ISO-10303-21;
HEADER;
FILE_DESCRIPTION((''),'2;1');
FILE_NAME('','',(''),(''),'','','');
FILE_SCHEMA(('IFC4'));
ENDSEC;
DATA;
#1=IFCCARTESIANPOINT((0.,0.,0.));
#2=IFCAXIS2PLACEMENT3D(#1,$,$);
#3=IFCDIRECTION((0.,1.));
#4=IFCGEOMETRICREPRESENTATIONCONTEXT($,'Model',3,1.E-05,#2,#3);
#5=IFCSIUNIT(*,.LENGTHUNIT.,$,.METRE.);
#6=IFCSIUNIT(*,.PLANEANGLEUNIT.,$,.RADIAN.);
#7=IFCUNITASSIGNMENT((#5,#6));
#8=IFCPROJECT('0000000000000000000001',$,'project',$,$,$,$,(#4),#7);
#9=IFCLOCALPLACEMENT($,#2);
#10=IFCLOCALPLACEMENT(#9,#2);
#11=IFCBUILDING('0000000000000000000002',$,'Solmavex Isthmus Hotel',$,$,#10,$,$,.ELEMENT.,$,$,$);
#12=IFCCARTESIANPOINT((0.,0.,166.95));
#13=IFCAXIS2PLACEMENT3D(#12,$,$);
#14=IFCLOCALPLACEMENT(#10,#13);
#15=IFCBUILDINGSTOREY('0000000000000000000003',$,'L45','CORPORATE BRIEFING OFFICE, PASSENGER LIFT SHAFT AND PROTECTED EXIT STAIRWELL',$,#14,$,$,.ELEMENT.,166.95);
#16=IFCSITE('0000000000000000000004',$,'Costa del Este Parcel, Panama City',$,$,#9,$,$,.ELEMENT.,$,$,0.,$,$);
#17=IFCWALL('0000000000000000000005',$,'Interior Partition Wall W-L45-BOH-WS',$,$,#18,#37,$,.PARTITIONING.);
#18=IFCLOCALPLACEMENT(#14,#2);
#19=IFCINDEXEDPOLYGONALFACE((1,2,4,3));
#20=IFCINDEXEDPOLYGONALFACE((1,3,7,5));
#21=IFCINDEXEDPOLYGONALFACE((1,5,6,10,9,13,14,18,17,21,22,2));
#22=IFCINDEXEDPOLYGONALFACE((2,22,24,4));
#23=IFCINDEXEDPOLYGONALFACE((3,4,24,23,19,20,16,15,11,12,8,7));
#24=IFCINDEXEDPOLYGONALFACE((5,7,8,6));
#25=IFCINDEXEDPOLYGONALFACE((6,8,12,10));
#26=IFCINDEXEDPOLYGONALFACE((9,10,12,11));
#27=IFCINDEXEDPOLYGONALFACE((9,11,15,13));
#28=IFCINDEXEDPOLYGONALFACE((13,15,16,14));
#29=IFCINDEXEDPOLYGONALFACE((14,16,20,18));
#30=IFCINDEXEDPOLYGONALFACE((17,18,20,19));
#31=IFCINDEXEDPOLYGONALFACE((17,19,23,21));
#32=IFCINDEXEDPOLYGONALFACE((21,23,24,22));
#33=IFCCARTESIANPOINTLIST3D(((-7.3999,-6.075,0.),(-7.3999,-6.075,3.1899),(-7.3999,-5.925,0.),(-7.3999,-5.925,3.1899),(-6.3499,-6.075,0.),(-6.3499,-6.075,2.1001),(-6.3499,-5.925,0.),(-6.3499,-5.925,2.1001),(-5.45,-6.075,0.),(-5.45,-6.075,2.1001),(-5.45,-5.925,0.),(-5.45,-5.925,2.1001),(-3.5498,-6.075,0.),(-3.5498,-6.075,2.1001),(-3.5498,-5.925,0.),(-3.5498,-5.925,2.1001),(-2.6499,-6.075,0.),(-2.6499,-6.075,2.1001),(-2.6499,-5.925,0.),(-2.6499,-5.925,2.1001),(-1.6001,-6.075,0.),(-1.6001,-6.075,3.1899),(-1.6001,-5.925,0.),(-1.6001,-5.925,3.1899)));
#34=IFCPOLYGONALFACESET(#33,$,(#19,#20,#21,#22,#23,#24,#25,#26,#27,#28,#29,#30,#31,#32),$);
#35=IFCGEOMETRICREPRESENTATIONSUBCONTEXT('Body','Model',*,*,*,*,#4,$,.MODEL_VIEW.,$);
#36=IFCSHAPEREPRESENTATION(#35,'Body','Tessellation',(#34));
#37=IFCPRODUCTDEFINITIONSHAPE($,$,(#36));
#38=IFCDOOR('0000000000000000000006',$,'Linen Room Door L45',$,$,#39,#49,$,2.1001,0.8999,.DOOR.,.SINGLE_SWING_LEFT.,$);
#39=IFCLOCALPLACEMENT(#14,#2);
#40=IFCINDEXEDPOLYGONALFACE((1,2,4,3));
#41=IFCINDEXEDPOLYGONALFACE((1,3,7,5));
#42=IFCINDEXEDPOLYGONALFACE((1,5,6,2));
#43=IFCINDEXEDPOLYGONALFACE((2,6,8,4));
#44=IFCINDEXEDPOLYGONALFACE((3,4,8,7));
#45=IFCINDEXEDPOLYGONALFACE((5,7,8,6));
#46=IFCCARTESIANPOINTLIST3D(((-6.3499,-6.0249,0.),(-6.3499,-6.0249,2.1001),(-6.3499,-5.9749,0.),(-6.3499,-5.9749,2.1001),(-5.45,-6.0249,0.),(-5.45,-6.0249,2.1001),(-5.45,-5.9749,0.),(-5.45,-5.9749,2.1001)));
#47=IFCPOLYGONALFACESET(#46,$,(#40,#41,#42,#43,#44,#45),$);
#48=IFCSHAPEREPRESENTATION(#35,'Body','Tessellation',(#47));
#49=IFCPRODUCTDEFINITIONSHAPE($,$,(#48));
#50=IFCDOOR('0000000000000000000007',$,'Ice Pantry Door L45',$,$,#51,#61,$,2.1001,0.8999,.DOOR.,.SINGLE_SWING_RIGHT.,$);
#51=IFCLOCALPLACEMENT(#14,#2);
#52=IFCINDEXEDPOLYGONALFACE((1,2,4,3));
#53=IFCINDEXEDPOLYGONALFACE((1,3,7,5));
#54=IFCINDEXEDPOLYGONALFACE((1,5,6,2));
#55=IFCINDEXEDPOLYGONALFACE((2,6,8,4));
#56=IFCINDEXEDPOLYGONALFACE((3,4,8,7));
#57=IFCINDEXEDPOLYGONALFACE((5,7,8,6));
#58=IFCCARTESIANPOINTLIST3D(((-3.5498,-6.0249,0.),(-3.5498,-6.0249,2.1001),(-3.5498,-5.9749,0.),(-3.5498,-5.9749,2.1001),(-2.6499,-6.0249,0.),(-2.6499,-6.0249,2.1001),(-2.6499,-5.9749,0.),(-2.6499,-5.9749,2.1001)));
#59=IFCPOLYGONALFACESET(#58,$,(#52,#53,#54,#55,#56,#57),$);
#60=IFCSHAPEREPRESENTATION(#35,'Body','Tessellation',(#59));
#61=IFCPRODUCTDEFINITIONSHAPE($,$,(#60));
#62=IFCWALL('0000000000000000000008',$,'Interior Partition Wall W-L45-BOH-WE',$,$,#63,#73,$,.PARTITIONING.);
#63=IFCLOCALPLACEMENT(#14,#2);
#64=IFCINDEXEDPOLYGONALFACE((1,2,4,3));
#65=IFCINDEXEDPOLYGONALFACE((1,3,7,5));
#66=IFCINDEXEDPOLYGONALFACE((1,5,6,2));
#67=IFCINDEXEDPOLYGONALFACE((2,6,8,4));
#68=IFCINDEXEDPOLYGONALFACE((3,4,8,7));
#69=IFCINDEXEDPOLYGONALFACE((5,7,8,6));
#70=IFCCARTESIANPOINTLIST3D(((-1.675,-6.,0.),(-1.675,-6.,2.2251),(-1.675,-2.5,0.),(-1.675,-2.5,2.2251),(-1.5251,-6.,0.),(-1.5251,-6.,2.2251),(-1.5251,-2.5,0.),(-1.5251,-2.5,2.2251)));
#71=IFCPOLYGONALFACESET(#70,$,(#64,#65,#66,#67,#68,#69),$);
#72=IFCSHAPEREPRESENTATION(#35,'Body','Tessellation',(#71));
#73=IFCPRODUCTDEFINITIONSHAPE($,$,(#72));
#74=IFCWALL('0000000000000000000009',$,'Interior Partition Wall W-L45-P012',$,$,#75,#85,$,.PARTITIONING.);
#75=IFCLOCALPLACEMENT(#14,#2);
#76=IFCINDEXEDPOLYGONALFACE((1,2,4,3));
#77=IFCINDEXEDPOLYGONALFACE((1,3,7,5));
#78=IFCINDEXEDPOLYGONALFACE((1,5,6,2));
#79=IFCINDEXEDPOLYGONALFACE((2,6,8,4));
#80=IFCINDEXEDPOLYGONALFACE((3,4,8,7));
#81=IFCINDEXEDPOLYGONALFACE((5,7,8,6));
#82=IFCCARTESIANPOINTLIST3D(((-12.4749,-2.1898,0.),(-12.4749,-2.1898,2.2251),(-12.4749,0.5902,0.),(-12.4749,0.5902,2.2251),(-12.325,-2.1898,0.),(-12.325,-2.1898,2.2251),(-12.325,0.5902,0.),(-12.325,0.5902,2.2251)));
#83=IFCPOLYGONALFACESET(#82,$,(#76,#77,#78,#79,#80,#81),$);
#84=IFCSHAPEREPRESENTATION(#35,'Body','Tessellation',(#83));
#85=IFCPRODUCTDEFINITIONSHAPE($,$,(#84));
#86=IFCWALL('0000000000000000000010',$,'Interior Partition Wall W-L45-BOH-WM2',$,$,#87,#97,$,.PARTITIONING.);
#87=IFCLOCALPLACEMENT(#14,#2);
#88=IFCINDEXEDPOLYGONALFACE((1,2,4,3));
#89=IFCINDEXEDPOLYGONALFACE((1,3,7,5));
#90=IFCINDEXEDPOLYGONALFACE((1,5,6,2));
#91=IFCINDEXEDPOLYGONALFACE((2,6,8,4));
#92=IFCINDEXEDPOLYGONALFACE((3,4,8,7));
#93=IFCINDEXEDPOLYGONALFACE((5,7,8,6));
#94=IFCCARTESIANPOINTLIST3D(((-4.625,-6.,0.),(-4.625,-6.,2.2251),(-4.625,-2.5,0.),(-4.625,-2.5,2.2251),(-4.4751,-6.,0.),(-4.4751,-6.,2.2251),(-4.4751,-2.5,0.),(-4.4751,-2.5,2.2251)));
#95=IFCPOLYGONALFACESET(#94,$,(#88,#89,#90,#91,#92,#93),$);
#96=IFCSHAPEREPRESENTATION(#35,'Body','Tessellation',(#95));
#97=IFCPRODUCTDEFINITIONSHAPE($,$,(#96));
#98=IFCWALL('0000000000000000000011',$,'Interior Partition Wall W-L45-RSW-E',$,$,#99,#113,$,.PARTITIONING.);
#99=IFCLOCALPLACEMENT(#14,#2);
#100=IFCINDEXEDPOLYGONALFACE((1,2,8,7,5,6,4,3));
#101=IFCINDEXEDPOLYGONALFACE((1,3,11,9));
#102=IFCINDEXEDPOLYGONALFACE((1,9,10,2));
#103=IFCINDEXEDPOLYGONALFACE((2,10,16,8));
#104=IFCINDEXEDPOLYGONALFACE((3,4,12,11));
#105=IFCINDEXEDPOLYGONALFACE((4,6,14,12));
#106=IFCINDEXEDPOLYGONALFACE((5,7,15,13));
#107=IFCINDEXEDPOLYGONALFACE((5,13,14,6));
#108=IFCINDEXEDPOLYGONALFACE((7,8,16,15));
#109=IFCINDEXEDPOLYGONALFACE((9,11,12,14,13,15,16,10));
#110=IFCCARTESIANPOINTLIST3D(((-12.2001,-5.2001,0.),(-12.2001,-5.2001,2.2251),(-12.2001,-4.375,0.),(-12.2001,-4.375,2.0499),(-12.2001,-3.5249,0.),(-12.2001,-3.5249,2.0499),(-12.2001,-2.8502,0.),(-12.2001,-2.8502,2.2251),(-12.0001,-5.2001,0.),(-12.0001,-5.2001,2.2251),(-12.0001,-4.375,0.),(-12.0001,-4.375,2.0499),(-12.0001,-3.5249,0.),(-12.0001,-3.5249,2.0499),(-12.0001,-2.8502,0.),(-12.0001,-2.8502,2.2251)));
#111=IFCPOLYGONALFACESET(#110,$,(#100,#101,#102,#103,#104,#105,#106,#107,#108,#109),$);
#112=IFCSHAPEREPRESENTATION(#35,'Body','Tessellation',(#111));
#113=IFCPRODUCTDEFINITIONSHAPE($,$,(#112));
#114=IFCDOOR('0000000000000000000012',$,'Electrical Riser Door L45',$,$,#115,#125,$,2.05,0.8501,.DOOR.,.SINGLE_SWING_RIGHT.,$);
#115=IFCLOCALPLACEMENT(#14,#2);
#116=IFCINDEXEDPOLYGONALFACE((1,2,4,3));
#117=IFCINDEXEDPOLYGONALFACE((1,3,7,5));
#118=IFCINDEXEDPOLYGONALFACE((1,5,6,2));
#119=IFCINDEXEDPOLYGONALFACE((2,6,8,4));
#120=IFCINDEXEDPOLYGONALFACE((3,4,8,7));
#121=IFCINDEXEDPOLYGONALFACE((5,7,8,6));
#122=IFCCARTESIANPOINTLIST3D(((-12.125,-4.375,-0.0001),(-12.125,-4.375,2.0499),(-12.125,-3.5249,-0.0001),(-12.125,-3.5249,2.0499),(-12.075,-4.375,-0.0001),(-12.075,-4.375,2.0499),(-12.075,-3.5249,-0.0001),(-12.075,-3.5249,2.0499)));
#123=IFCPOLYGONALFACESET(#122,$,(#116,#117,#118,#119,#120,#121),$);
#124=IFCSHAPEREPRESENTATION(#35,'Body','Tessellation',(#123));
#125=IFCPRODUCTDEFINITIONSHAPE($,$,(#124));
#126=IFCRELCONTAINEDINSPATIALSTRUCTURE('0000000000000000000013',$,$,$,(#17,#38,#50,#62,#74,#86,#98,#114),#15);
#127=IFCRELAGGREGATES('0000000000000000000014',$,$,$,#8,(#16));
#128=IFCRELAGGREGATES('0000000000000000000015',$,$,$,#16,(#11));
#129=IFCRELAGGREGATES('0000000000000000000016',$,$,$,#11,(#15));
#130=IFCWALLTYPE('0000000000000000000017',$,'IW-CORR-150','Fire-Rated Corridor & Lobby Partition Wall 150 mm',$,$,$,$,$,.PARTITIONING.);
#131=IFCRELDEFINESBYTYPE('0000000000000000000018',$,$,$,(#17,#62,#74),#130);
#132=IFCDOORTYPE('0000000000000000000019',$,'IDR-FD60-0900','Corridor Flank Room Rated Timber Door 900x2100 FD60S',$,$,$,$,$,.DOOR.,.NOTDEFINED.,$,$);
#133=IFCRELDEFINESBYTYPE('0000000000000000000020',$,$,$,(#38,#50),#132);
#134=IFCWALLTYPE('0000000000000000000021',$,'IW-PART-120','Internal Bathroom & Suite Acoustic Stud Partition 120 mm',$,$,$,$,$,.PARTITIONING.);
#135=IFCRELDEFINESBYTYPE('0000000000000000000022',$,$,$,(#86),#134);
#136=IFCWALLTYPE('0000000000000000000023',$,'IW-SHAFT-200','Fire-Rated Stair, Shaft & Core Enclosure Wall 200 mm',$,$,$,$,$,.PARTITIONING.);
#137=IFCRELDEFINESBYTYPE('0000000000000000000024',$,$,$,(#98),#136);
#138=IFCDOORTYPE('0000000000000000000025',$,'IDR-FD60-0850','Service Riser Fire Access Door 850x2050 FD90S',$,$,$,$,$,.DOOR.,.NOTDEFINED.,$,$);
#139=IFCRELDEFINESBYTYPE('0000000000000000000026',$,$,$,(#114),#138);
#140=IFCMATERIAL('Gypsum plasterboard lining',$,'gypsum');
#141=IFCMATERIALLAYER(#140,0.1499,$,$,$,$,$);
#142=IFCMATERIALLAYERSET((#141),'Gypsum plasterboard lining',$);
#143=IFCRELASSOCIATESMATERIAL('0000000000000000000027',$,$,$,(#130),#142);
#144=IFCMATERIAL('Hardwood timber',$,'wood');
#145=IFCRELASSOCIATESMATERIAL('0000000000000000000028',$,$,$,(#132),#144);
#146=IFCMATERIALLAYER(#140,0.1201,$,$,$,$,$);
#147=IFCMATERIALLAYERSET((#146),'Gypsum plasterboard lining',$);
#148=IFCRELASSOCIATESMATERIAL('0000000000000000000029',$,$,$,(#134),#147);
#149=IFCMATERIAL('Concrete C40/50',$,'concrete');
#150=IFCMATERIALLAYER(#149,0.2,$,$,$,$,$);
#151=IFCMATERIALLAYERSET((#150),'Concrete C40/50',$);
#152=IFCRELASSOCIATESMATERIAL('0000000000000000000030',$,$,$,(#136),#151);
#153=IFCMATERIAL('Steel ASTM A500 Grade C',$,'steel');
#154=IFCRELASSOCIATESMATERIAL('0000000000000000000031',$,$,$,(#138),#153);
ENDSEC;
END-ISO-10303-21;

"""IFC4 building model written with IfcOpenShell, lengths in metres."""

from ifc_helpers import new_model, si_unit, direction, frame, frame_2d, origin, place, context, subcontext, project, spatial, rectangle, extrude, material, layer, layer_set, type_object, element, fill, save


model = new_model("IFC4")

# Units and contexts
model_context = context("Model", 3, precision=1e-05, world=origin(), true_north=direction((0.0, 1.0)))
body_context = subcontext(model_context, "Body", "Model", "MODEL_VIEW")
ifc_project = project(units=[si_unit("LENGTHUNIT", "METRE"), si_unit("PLANEANGLEUNIT", "RADIAN")], contexts=[model_context])

# Site, building, storey
site_placement = place(None, origin())
site = spatial("IfcSite", under=ifc_project, at=site_placement, Name="Costa del Este Parcel, Panama City", CompositionType="ELEMENT", RefElevation=0.0)
building_placement = place(site_placement, origin())
building = spatial("IfcBuilding", under=site, at=building_placement, Name="Solmavex Isthmus Hotel", CompositionType="ELEMENT")
storey_placement = place(building_placement, frame((0.0, 0.0, 166.95)))
storey = spatial("IfcBuildingStorey", under=building, at=storey_placement, Name="L45", Description="CORPORATE BRIEFING OFFICE, PASSENGER LIFT SHAFT AND PROTECTED EXIT STAIRWELL", CompositionType="ELEMENT", Elevation=166.95)

# Shared definitions
ifc_material_1 = material(Name="Concrete C40/50", Category="concrete")

# Wall, openings, doors
ifc_material_2 = material(Name="Gypsum plasterboard lining", Category="gypsum")
ifc_layer_1 = layer(ifc_material_2, 0.1499)
ifc_layer_set_1 = layer_set([ifc_layer_1], Name="Gypsum plasterboard lining")
wall_type_1 = type_object("IfcWallType", Name="IW-CORR-150", Description="Fire-Rated Corridor & Lobby Partition Wall 150 mm", PredefinedType="PARTITIONING", material=ifc_layer_set_1)
wall_1_placement = place(storey_placement, frame((-7.3999, -6.0, 0.0), z_axis=(0.0, 0.0, 1.0), x_axis=(1.0, 0.0, 0.0)))
wall_1 = element("IfcWall", 1, at=wall_1_placement, inside=storey, type_object=wall_type_1, Name="Interior Partition Wall W-L45-BOH-WS", PredefinedType="PARTITIONING", context=body_context, shape_type="SweptSolid", body=[
    extrude(rectangle(XDim=5.7998, YDim=0.1499, at=frame_2d((2.8999, 0.0))), origin(), (0.0, 0.0, 1.0), 3.1899),
])
opening_1_placement = place(wall_1_placement, frame((1.05, 0.0, 0.0)))
opening_1 = element("IfcOpeningElement", 2, at=opening_1_placement, cuts=wall_1, PredefinedType="OPENING", context=body_context, shape_type="SweptSolid", body=[
    extrude(rectangle(XDim=0.8999, YDim=2.1001, at=frame_2d((0.45, 1.05))), frame((0.0, 0.085, 0.0), z_axis=(0.0, -1.0, 0.0), x_axis=(1.0, 0.0, 0.0)), (0.0, 0.0, 1.0), 0.1699),
])
opening_2_placement = place(wall_1_placement, frame((3.8501, 0.0, 0.0)))
opening_2 = element("IfcOpeningElement", 3, at=opening_2_placement, cuts=wall_1, PredefinedType="OPENING", context=body_context, shape_type="SweptSolid", body=[
    extrude(rectangle(XDim=0.8999, YDim=2.1001, at=frame_2d((0.45, 1.05))), frame((0.0, 0.085, 0.0), z_axis=(0.0, -1.0, 0.0), x_axis=(1.0, 0.0, 0.0)), (0.0, 0.0, 1.0), 0.1699),
])
ifc_material_3 = material(Name="Hardwood timber", Category="wood")
door_type_1 = type_object("IfcDoorType", Name="IDR-FD60-0900", Description="Corridor Flank Room Rated Timber Door 900x2100 FD60S", OperationType="NOTDEFINED", PredefinedType="DOOR", material=ifc_material_3)
door_1_placement = place(opening_1_placement, frame((0.8999, 0.0, 0.0), z_axis=(0.0, 0.0, 1.0), x_axis=(-1.0, 0.0, 0.0)))
door_1 = element("IfcDoor", 4, at=door_1_placement, inside=storey, type_object=door_type_1, Name="Linen Room Door L45", OperationType="SINGLE_SWING_LEFT", OverallHeight=2.1001, OverallWidth=0.8999, PredefinedType="DOOR", context=body_context, shape_type="SweptSolid", body=[
    extrude(rectangle(XDim=0.8999, YDim=2.1001, at=frame_2d((0.45, 1.05))), frame((0.0, 0.0249, 0.0), z_axis=(0.0, -1.0, 0.0), x_axis=(1.0, 0.0, 0.0)), (0.0, 0.0, 1.0), 0.05),
])
fill(opening_1, door_1)
door_2_placement = place(opening_2_placement, frame((0.8999, 0.0, 0.0), z_axis=(0.0, 0.0, 1.0), x_axis=(-1.0, 0.0, 0.0)))
door_2 = element("IfcDoor", 5, at=door_2_placement, inside=storey, type_object=door_type_1, Name="Ice Pantry Door L45", OperationType="SINGLE_SWING_RIGHT", OverallHeight=2.1001, OverallWidth=0.8999, PredefinedType="DOOR", context=body_context, shape_type="SweptSolid", body=[
    extrude(rectangle(XDim=0.8999, YDim=2.1001, at=frame_2d((0.45, 1.05))), frame((0.0, 0.0249, 0.0), z_axis=(0.0, -1.0, 0.0), x_axis=(1.0, 0.0, 0.0)), (0.0, 0.0, 1.0), 0.05),
])
fill(opening_2, door_2)

# Walls
wall_2_placement = place(storey_placement, frame((-1.6001, -6.0, 0.0), z_axis=(0.0, 0.0, 1.0), x_axis=(0.0, 1.0, 0.0)))
element("IfcWall", 6, at=wall_2_placement, inside=storey, type_object=wall_type_1, Name="Interior Partition Wall W-L45-BOH-WE", PredefinedType="PARTITIONING", context=body_context, shape_type="SweptSolid", body=[
    extrude(rectangle(XDim=3.5, YDim=0.1499, at=frame_2d((1.75, 0.0))), origin(), (0.0, 0.0, 1.0), 2.2251),
])
wall_3_placement = place(storey_placement, frame((-12.3999, -2.1899, 0.0), z_axis=(0.0, 0.0, 1.0), x_axis=(0.0, 1.0, 0.0)))
element("IfcWall", 7, at=wall_3_placement, inside=storey, type_object=wall_type_1, Name="Interior Partition Wall W-L45-P012", PredefinedType="PARTITIONING", context=body_context, shape_type="SweptSolid", body=[
    extrude(rectangle(XDim=2.78, YDim=0.1499, at=frame_2d((1.3901, 0.0))), origin(), (0.0, 0.0, 1.0), 2.2251),
])
ifc_layer_2 = layer(ifc_material_2, 0.1201)
ifc_layer_set_2 = layer_set([ifc_layer_2], Name="Gypsum plasterboard lining")
wall_type_2 = type_object("IfcWallType", Name="IW-PART-120", Description="Internal Bathroom & Suite Acoustic Stud Partition 120 mm", PredefinedType="PARTITIONING", material=ifc_layer_set_2)
wall_4_placement = place(storey_placement, frame((-4.55, -6.0, 0.0), z_axis=(0.0, 0.0, 1.0), x_axis=(0.0, 1.0, 0.0)))
element("IfcWall", 8, at=wall_4_placement, inside=storey, type_object=wall_type_2, Name="Interior Partition Wall W-L45-BOH-WM2", PredefinedType="PARTITIONING", context=body_context, shape_type="SweptSolid", body=[
    extrude(rectangle(XDim=3.5, YDim=0.1499, at=frame_2d((1.75, 0.0))), origin(), (0.0, 0.0, 1.0), 2.2251),
])

# Wall, opening, door
ifc_layer_3 = layer(ifc_material_1, 0.2)
ifc_layer_set_3 = layer_set([ifc_layer_3], Name="Concrete C40/50")
wall_type_3 = type_object("IfcWallType", Name="IW-SHAFT-200", Description="Fire-Rated Stair, Shaft & Core Enclosure Wall 200 mm", PredefinedType="PARTITIONING", material=ifc_layer_set_3)
wall_5_placement = place(storey_placement, frame((-12.1001, -5.2, 0.0), z_axis=(0.0, 0.0, 1.0), x_axis=(0.0, 1.0, 0.0)))
wall_5 = element("IfcWall", 9, at=wall_5_placement, inside=storey, type_object=wall_type_3, Name="Interior Partition Wall W-L45-RSW-E", PredefinedType="PARTITIONING", context=body_context, shape_type="SweptSolid", body=[
    extrude(rectangle(XDim=2.3499, YDim=0.2, at=frame_2d((1.1748, 0.0))), origin(), (0.0, 0.0, 1.0), 2.2251),
])
opening_3_placement = place(wall_5_placement, frame((0.825, 0.0, 0.0)))
opening_3 = element("IfcOpeningElement", 10, at=opening_3_placement, cuts=wall_5, PredefinedType="OPENING", context=body_context, shape_type="SweptSolid", body=[
    extrude(rectangle(XDim=0.8501, YDim=2.05, at=frame_2d((0.425, 1.0249))), frame((0.0, 0.1099, 0.0), z_axis=(0.0, -1.0, 0.0), x_axis=(1.0, 0.0, 0.0)), (0.0, 0.0, 1.0), 0.22),
])
ifc_material_4 = material(Name="Steel ASTM A500 Grade C", Category="steel")
door_type_2 = type_object("IfcDoorType", Name="IDR-FD60-0850", Description="Service Riser Fire Access Door 850x2050 FD90S", OperationType="NOTDEFINED", PredefinedType="DOOR", material=ifc_material_4)
door_3_placement = place(opening_3_placement, origin())
door_3 = element("IfcDoor", 11, at=door_3_placement, inside=storey, type_object=door_type_2, Name="Electrical Riser Door L45", OperationType="SINGLE_SWING_RIGHT", OverallHeight=2.05, OverallWidth=0.8501, PredefinedType="DOOR", context=body_context, shape_type="SweptSolid", body=[
    extrude(rectangle(XDim=0.8501, YDim=2.05, at=frame_2d((0.425, 1.0249))), frame((0.0, 0.0249, 0.0), z_axis=(0.0, -1.0, 0.0), x_axis=(1.0, 0.0, 0.0)), (0.0, 0.0, 1.0), 0.05),
])
fill(opening_3, door_3)

save(model, "model.ifc")
